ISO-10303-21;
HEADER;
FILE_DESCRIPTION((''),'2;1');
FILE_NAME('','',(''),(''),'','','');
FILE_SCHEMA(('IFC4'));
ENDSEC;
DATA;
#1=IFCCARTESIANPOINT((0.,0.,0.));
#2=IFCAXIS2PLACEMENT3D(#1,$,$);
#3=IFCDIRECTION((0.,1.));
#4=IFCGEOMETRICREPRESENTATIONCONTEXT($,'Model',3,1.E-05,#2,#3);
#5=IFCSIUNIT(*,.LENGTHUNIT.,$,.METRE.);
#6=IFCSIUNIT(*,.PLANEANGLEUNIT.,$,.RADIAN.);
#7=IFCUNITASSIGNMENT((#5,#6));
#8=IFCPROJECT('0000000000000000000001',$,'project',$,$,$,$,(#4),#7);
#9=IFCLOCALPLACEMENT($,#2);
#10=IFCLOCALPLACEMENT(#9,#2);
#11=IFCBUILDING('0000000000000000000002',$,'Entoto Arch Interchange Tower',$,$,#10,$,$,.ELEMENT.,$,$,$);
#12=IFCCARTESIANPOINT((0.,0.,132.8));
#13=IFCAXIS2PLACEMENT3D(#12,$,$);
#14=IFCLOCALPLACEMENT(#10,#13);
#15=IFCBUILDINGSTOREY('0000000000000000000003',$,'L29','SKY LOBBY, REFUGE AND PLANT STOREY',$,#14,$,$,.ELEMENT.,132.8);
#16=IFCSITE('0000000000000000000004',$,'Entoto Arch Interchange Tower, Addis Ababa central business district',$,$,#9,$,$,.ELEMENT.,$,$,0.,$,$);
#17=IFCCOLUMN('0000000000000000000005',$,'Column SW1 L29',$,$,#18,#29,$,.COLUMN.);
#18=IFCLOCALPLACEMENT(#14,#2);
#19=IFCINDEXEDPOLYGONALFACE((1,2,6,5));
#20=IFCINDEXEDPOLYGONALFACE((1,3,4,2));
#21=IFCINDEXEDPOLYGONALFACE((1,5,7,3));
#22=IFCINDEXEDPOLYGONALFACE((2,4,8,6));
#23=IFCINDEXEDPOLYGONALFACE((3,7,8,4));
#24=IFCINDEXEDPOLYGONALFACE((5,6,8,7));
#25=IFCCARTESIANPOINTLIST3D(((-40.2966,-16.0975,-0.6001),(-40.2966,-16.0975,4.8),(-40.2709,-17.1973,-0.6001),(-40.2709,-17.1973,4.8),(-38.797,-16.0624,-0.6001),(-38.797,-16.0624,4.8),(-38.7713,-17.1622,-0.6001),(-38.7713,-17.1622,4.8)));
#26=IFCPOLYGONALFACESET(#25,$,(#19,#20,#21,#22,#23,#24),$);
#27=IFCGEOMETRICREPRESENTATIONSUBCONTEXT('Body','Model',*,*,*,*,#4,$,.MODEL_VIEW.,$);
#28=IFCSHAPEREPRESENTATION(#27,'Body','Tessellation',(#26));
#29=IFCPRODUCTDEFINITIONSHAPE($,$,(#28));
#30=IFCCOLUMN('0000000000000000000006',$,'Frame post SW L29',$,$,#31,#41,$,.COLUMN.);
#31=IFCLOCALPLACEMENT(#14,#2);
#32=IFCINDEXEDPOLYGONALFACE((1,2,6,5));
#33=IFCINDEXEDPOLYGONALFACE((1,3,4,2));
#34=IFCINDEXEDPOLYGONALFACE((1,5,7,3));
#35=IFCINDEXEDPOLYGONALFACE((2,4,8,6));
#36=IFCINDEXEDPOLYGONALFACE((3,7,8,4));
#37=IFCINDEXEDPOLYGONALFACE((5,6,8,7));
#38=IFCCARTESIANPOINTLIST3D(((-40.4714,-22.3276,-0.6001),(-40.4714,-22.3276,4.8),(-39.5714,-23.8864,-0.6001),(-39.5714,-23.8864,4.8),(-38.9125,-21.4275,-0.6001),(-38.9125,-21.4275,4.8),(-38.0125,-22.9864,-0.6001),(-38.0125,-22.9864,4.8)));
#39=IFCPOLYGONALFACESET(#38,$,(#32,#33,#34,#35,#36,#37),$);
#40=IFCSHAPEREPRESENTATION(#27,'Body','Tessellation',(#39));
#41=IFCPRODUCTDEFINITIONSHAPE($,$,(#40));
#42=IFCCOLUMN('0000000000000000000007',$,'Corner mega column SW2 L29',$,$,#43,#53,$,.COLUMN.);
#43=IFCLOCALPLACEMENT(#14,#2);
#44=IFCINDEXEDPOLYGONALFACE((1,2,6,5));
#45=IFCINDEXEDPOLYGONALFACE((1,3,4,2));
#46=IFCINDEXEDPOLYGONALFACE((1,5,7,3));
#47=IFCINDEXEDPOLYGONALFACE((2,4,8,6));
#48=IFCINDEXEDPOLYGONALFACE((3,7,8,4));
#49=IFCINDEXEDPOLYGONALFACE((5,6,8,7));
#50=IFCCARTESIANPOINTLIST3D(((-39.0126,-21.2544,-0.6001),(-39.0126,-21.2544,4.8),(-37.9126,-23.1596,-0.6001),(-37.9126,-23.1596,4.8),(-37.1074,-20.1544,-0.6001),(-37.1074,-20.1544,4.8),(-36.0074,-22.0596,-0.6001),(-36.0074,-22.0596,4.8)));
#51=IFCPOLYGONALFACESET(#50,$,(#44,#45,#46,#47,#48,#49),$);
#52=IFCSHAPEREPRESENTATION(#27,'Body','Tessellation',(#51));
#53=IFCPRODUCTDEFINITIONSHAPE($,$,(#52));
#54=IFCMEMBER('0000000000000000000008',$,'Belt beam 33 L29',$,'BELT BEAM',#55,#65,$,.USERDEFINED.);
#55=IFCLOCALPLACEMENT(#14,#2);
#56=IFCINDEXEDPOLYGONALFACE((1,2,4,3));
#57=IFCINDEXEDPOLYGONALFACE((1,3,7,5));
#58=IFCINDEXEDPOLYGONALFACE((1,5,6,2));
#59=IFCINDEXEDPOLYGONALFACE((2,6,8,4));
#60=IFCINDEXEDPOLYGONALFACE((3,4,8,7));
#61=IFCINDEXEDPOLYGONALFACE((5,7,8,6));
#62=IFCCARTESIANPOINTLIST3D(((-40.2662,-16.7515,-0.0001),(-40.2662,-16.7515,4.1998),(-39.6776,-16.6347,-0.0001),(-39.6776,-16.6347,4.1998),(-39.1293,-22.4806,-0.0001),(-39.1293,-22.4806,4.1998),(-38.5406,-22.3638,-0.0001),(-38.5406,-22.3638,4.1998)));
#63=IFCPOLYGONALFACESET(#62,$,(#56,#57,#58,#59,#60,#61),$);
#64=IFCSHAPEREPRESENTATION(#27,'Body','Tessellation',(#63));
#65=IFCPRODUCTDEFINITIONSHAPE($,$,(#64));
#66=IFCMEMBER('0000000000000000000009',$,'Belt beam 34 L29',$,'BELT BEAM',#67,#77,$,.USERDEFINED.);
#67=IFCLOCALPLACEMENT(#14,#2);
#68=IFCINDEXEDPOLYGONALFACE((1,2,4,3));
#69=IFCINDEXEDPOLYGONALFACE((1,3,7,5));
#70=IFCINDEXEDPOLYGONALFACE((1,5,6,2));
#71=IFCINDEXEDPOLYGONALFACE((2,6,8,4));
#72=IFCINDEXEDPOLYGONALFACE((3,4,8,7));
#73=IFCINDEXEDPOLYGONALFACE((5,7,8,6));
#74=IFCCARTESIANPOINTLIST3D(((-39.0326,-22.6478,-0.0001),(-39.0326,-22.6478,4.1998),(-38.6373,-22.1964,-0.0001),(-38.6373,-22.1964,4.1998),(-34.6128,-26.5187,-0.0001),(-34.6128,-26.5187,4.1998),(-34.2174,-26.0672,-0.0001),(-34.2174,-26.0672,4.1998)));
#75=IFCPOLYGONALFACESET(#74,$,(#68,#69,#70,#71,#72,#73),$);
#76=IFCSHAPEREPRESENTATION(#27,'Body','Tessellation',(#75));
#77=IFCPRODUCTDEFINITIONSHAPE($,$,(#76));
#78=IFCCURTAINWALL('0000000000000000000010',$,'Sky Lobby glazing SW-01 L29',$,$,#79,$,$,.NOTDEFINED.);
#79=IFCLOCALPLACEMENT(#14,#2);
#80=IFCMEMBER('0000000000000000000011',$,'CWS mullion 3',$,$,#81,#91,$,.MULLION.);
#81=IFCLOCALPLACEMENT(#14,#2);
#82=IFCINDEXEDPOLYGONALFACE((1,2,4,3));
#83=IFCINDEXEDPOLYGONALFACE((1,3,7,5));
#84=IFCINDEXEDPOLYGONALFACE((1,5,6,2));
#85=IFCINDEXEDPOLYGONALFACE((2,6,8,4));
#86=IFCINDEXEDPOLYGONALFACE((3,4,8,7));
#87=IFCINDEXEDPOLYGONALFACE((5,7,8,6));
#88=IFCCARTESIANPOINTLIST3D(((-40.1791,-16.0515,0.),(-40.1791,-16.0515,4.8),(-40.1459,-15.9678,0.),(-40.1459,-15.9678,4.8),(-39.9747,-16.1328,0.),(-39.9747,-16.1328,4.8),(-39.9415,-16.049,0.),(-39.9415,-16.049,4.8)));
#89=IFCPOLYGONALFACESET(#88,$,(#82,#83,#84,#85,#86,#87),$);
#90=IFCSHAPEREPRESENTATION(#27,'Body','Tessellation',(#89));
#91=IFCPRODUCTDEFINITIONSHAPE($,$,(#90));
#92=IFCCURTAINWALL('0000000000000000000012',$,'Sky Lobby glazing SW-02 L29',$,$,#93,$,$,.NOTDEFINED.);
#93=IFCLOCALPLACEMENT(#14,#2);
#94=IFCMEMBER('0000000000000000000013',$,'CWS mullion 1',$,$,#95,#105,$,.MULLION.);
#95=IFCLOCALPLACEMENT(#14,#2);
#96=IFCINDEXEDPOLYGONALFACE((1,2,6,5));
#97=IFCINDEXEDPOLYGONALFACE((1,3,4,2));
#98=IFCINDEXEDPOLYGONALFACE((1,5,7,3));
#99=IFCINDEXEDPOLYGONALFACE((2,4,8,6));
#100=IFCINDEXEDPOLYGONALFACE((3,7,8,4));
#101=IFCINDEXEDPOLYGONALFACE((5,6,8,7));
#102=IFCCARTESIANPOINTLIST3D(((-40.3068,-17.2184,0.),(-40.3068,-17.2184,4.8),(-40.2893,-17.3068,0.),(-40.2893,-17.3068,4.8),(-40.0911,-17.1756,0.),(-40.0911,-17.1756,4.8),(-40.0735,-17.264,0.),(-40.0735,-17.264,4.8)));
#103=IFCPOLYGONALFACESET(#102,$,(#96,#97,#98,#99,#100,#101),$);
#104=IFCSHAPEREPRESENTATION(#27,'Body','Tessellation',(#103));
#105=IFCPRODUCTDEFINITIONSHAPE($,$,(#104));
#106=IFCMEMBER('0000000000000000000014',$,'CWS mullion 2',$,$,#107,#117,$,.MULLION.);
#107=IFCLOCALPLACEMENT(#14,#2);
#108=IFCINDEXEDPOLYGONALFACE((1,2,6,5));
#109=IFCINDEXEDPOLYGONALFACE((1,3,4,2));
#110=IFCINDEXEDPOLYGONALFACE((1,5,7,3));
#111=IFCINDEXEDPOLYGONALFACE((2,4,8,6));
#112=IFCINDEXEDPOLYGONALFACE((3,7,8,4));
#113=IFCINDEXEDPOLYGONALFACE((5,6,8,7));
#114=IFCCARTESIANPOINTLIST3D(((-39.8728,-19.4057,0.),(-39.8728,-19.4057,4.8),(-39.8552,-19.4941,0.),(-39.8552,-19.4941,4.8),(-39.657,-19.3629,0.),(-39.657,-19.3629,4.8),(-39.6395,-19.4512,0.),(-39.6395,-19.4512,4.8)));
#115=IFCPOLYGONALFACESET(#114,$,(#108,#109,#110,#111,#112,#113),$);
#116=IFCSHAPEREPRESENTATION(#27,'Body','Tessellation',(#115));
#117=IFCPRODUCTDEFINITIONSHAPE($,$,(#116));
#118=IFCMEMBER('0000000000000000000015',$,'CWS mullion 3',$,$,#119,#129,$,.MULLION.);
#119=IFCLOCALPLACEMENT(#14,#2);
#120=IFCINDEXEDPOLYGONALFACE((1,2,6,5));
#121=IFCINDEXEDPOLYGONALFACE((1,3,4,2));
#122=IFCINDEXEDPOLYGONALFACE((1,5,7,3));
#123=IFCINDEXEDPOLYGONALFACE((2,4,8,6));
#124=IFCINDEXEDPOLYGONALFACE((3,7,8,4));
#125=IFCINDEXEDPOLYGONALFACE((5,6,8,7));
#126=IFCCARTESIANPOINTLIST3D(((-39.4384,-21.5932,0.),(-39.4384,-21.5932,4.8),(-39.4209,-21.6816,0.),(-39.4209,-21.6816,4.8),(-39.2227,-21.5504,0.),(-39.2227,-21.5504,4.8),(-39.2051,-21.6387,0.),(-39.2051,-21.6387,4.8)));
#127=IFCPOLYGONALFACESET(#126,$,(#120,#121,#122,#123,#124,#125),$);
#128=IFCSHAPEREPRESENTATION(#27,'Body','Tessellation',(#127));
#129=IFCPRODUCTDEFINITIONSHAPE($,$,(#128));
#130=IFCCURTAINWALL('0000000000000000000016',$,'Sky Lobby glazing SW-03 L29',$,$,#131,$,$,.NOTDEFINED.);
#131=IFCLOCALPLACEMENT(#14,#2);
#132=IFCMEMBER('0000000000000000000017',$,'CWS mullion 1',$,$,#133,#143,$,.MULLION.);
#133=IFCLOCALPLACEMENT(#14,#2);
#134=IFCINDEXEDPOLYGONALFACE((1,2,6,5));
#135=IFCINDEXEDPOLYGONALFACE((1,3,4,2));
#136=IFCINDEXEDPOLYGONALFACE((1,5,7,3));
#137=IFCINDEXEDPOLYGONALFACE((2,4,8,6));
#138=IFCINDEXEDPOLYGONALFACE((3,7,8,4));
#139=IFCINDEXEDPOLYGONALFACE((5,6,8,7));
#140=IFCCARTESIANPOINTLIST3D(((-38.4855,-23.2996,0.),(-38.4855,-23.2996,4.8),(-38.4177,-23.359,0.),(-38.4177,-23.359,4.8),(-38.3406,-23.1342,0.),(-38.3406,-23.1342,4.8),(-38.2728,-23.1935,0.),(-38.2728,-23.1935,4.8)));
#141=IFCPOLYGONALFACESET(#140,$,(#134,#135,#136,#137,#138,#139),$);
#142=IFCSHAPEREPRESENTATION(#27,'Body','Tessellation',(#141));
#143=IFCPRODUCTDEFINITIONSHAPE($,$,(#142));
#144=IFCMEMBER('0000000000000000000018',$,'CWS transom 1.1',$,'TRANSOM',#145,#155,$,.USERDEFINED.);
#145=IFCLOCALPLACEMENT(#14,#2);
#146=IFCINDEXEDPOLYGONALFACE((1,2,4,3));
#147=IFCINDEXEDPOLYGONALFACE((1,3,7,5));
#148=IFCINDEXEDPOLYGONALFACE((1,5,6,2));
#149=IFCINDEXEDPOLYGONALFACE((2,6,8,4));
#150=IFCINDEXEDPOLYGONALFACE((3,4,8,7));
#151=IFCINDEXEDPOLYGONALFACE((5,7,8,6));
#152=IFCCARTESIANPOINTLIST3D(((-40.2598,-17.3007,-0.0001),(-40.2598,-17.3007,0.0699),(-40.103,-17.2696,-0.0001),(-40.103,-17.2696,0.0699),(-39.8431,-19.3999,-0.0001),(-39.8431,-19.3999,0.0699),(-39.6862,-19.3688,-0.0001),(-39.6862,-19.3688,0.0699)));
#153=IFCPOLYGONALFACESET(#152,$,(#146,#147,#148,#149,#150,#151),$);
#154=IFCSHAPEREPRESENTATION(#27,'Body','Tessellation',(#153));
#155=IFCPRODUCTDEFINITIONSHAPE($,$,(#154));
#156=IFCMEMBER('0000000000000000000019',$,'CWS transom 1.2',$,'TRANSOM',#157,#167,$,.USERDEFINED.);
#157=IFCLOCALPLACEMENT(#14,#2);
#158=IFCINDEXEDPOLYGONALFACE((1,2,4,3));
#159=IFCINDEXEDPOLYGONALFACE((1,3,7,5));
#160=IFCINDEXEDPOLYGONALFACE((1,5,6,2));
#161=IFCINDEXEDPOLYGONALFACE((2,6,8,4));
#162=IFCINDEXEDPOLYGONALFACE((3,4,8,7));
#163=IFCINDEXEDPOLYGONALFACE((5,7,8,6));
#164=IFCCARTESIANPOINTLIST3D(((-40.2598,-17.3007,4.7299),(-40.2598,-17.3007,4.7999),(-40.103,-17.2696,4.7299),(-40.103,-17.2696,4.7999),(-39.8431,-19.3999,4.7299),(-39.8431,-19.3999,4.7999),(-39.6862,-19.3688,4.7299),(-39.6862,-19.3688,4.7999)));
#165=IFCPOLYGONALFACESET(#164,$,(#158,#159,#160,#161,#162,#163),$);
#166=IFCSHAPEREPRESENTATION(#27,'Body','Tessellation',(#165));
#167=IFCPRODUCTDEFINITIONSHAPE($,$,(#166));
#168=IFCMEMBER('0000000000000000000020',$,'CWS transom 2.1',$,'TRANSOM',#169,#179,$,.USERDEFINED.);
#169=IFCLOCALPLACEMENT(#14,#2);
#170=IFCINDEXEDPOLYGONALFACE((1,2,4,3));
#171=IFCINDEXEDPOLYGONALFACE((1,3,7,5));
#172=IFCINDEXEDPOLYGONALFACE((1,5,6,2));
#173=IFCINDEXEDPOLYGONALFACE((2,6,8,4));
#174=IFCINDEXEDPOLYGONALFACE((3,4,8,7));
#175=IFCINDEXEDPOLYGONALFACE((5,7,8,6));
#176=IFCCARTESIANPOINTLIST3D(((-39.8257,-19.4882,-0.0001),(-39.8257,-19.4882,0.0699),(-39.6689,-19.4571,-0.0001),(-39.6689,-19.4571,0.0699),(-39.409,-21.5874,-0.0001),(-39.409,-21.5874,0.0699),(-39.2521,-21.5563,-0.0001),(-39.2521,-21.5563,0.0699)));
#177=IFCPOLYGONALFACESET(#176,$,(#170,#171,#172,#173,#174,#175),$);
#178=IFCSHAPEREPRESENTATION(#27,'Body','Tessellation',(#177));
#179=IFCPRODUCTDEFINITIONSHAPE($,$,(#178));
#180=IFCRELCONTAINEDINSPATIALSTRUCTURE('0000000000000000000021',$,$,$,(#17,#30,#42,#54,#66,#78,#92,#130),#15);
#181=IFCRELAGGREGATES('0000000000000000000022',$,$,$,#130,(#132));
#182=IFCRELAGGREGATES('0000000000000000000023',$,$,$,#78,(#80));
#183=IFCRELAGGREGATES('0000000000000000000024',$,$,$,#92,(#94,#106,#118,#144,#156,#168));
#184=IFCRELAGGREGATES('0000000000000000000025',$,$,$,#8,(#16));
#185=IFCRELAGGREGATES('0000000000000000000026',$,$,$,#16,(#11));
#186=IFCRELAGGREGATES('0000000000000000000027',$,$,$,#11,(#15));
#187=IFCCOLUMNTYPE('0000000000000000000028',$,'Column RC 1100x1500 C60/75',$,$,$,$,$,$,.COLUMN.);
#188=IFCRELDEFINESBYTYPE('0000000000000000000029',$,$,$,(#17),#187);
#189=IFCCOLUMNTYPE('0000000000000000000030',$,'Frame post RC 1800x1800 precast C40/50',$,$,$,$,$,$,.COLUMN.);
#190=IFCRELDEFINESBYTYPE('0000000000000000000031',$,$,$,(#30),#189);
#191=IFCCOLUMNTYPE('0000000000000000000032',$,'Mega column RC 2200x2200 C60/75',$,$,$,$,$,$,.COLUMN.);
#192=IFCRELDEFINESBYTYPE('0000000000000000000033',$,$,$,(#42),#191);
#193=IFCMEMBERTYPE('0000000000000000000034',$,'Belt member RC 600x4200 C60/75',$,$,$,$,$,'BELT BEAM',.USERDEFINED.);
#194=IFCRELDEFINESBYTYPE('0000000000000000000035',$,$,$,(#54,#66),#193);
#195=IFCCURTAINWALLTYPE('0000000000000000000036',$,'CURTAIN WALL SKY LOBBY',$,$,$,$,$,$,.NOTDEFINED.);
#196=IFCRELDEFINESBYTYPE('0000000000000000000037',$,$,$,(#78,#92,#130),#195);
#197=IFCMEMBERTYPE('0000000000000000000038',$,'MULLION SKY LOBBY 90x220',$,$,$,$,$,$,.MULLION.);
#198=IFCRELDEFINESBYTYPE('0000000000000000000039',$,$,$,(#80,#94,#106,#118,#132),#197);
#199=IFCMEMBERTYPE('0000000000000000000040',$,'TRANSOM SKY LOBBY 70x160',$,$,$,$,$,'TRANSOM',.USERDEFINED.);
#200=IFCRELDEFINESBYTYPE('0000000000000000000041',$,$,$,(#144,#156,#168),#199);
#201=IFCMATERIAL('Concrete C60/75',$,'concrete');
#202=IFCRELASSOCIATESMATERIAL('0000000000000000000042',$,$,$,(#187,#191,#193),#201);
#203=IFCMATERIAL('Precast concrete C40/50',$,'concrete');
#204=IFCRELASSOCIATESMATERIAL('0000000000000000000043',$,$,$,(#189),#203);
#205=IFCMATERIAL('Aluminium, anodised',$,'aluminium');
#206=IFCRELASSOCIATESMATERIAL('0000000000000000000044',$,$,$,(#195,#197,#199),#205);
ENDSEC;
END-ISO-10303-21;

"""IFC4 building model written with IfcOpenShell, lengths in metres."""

from ifc_helpers import new_model, si_unit, direction, frame, origin, origin_2d, place, context, subcontext, project, spatial, rectangle, extrude, material, material_profile, profile_set, type_object, element, aggregate, save


model = new_model("IFC4")

# Units and contexts
model_context = context("Model", 3, precision=1e-05, world=origin(), true_north=direction((0.0, 1.0)))
body_context = subcontext(model_context, "Body", "Model", "MODEL_VIEW")
ifc_project = project(units=[si_unit("LENGTHUNIT", "METRE"), si_unit("PLANEANGLEUNIT", "RADIAN")], contexts=[model_context])

# Site, building, storey
site_placement = place(None, origin())
site = spatial("IfcSite", under=ifc_project, at=site_placement, Name="Entoto Arch Interchange Tower, Addis Ababa central business district", CompositionType="ELEMENT", RefElevation=0.0)
building_placement = place(site_placement, origin())
building = spatial("IfcBuilding", under=site, at=building_placement, Name="Entoto Arch Interchange Tower", CompositionType="ELEMENT")
storey_placement = place(building_placement, frame((0.0, 0.0, 132.8)))
storey = spatial("IfcBuildingStorey", under=building, at=storey_placement, Name="L29", Description="SKY LOBBY, REFUGE AND PLANT STOREY", CompositionType="ELEMENT", Elevation=132.8)

# Columns
ifc_material_1 = material(Name="Concrete C60/75", Category="concrete")
ifc_material_profile_1 = material_profile(ifc_material_1, rectangle(XDim=1.1001, YDim=1.5, at=origin_2d()))
ifc_profile_set_1 = profile_set([ifc_material_profile_1], Name="Concrete C60/75")
column_type_1 = type_object("IfcColumnType", Name="Column RC 1100x1500 C60/75", PredefinedType="COLUMN", material=ifc_profile_set_1)
column_1_placement = place(storey_placement, frame((-39.5339, -16.6299, -0.6001), z_axis=(0.0, 0.0, 1.0), x_axis=(-0.023385, 0.999727, 0.0)))
element("IfcColumn", 1, at=column_1_placement, inside=storey, type_object=column_type_1, Name="Column SW1 L29", PredefinedType="COLUMN", context=body_context, shape_type="SweptSolid", body=[
    extrude(rectangle(XDim=1.1001, YDim=1.5, at=origin_2d()), origin(), (0.0, 0.0, 1.0), 5.4001),
])
ifc_material_2 = material(Name="Precast concrete C40/50", Category="concrete")
ifc_material_profile_2 = material_profile(ifc_material_2, rectangle(XDim=1.8, YDim=1.8, at=origin_2d()))
ifc_profile_set_2 = profile_set([ifc_material_profile_2], Name="Precast concrete C40/50")
column_type_2 = type_object("IfcColumnType", Name="Frame post RC 1800x1800 precast C40/50", PredefinedType="COLUMN", material=ifc_profile_set_2)
column_2_placement = place(storey_placement, frame((-39.2419, -22.657, -0.6001), z_axis=(0.0, 0.0, 1.0), x_axis=(0.866025, 0.5, 0.0)))
element("IfcColumn", 2, at=column_2_placement, inside=storey, type_object=column_type_2, Name="Frame post SW L29", PredefinedType="COLUMN", context=body_context, shape_type="SweptSolid", body=[
    extrude(rectangle(XDim=1.8, YDim=1.8, at=origin_2d()), origin(), (0.0, 0.0, 1.0), 5.4001),
])
ifc_material_profile_3 = material_profile(ifc_material_1, rectangle(XDim=2.2, YDim=2.2, at=origin_2d()))
ifc_profile_set_3 = profile_set([ifc_material_profile_3], Name="Concrete C60/75")
column_type_3 = type_object("IfcColumnType", Name="Mega column RC 2200x2200 C60/75", PredefinedType="COLUMN", material=ifc_profile_set_3)
column_3_placement = place(storey_placement, frame((-37.51, -21.657, -0.6001), z_axis=(0.0, 0.0, 1.0), x_axis=(0.866025, 0.5, 0.0)))
element("IfcColumn", 3, at=column_3_placement, inside=storey, type_object=column_type_3, Name="Corner mega column SW2 L29", PredefinedType="COLUMN", context=body_context, shape_type="SweptSolid", body=[
    extrude(rectangle(XDim=2.2, YDim=2.2, at=origin_2d()), origin(), (0.0, 0.0, 1.0), 5.4001),
])

# Members
ifc_material_profile_4 = material_profile(ifc_material_1, rectangle(XDim=0.6001, YDim=4.2, at=origin_2d()))
ifc_profile_set_4 = profile_set([ifc_material_profile_4], Name="Concrete C60/75")
member_type_1 = type_object("IfcMemberType", Name="Belt member RC 600x4200 C60/75", ElementType="BELT BEAM", PredefinedType="USERDEFINED", material=ifc_profile_set_4)
member_1_placement = place(storey_placement, frame((-39.9719, -16.6931, 2.0999), z_axis=(0.194661, -0.980871, 0.0), x_axis=(0.980871, 0.194661, 0.0)))
element("IfcMember", 4, at=member_1_placement, inside=storey, type_object=member_type_1, Name="Belt beam 33 L29", ObjectType="BELT BEAM", PredefinedType="USERDEFINED", context=body_context, shape_type="SweptSolid", body=[
    extrude(rectangle(XDim=0.6001, YDim=4.2, at=origin_2d()), origin(), (0.0, 0.0, 1.0), 5.8408),
])
member_2_placement = place(storey_placement, frame((-38.835, -22.4221, 2.0999), z_axis=(0.752288, -0.658834, 0.0), x_axis=(0.658834, 0.752288, 0.0)))
element("IfcMember", 5, at=member_2_placement, inside=storey, type_object=member_type_1, Name="Belt beam 34 L29", ObjectType="BELT BEAM", PredefinedType="USERDEFINED", context=body_context, shape_type="SweptSolid", body=[
    extrude(rectangle(XDim=0.6001, YDim=4.2, at=origin_2d()), origin(), (0.0, 0.0, 1.0), 5.8752),
])

# Curtain wall, member
ifc_material_3 = material(Name="Aluminium, anodised", Category="aluminium")
curtain_wall_type = type_object("IfcCurtainWallType", Name="CURTAIN WALL SKY LOBBY", PredefinedType="NOTDEFINED", material=ifc_material_3)
curtain_wall_1_placement = place(storey_placement, origin())
curtain_wall_1 = element("IfcCurtainWall", 6, at=curtain_wall_1_placement, inside=storey, type_object=curtain_wall_type, Name="Sky Lobby glazing SW-01 L29", PredefinedType="NOTDEFINED")
ifc_material_profile_5 = material_profile(ifc_material_3, rectangle(XDim=0.22, YDim=0.0901, at=origin_2d()))
ifc_profile_set_5 = profile_set([ifc_material_profile_5], Name="Aluminium, anodised")
member_type_2 = type_object("IfcMemberType", Name="MULLION SKY LOBBY 90x220", PredefinedType="MULLION", material=ifc_profile_set_5)
member_3_placement = place(storey_placement, frame((-40.0603, -16.0503, 0.0), z_axis=(0.0, 0.0, 1.0), x_axis=(0.929337, -0.369232, 0.0)))
member_3 = element("IfcMember", 7, at=member_3_placement, type_object=member_type_2, Name="CWS mullion 3", PredefinedType="MULLION", context=body_context, shape_type="SweptSolid", body=[
    extrude(rectangle(XDim=0.22, YDim=0.0901, at=origin_2d()), origin(), (0.0, 0.0, 1.0), 4.8),
])

# Curtain wall, members
curtain_wall_2_placement = place(storey_placement, origin())
curtain_wall_2 = element("IfcCurtainWall", 8, at=curtain_wall_2_placement, inside=storey, type_object=curtain_wall_type, Name="Sky Lobby glazing SW-02 L29", PredefinedType="NOTDEFINED")
member_4_placement = place(storey_placement, frame((-40.1902, -17.2412, 0.0), z_axis=(0.0, 0.0, 1.0), x_axis=(0.980859, 0.194721, 0.0)))
member_4 = element("IfcMember", 9, at=member_4_placement, type_object=member_type_2, Name="CWS mullion 1", PredefinedType="MULLION", context=body_context, shape_type="SweptSolid", body=[
    extrude(rectangle(XDim=0.22, YDim=0.0901, at=origin_2d()), origin(), (0.0, 0.0, 1.0), 4.8),
])
member_5_placement = place(storey_placement, frame((-39.7561, -19.4285, 0.0), z_axis=(0.0, 0.0, 1.0), x_axis=(0.980859, 0.194721, 0.0)))
member_5 = element("IfcMember", 10, at=member_5_placement, type_object=member_type_2, Name="CWS mullion 2", PredefinedType="MULLION", context=body_context, shape_type="SweptSolid", body=[
    extrude(rectangle(XDim=0.22, YDim=0.0901, at=origin_2d()), origin(), (0.0, 0.0, 1.0), 4.8),
])
member_6_placement = place(storey_placement, frame((-39.3218, -21.616, 0.0), z_axis=(0.0, 0.0, 1.0), x_axis=(0.980859, 0.194721, 0.0)))
member_6 = element("IfcMember", 11, at=member_6_placement, type_object=member_type_2, Name="CWS mullion 3", PredefinedType="MULLION", context=body_context, shape_type="SweptSolid", body=[
    extrude(rectangle(XDim=0.22, YDim=0.0901, at=origin_2d()), origin(), (0.0, 0.0, 1.0), 4.8),
])

# Curtain wall, member
curtain_wall_3_placement = place(storey_placement, origin())
curtain_wall_3 = element("IfcCurtainWall", 12, at=curtain_wall_3_placement, inside=storey, type_object=curtain_wall_type, Name="Sky Lobby glazing SW-03 L29", PredefinedType="NOTDEFINED")
member_7_placement = place(storey_placement, frame((-38.3792, -23.2466, 0.0), z_axis=(0.0, 0.0, 1.0), x_axis=(0.658847, 0.752277, 0.0)))
member_7 = element("IfcMember", 13, at=member_7_placement, type_object=member_type_2, Name="CWS mullion 1", PredefinedType="MULLION", context=body_context, shape_type="SweptSolid", body=[
    extrude(rectangle(XDim=0.22, YDim=0.0901, at=origin_2d()), origin(), (0.0, 0.0, 1.0), 4.8),
])

# Members
ifc_material_profile_6 = material_profile(ifc_material_3, rectangle(XDim=0.1599, YDim=0.0701, at=origin_2d()))
ifc_profile_set_6 = profile_set([ifc_material_profile_6], Name="Aluminium, anodised")
member_type_3 = type_object("IfcMemberType", Name="TRANSOM SKY LOBBY 70x160", ElementType="TRANSOM", PredefinedType="USERDEFINED", material=ifc_profile_set_6)
member_8_placement = place(storey_placement, frame((-40.1814, -17.2852, 0.0349), z_axis=(0.194734, -0.980856, 0.0), x_axis=(0.980856, 0.194734, 0.0)))
member_8 = element("IfcMember", 14, at=member_8_placement, type_object=member_type_3, Name="CWS transom 1.1", ObjectType="TRANSOM", PredefinedType="USERDEFINED", context=body_context, shape_type="SweptSolid", body=[
    extrude(rectangle(XDim=0.1599, YDim=0.0701, at=origin_2d()), origin(), (0.0, 0.0, 1.0), 2.1401),
])
member_9_placement = place(storey_placement, frame((-40.1814, -17.2852, 4.7649), z_axis=(0.194734, -0.980856, 0.0), x_axis=(0.980856, 0.194734, 0.0)))
member_9 = element("IfcMember", 15, at=member_9_placement, type_object=member_type_3, Name="CWS transom 1.2", ObjectType="TRANSOM", PredefinedType="USERDEFINED", context=body_context, shape_type="SweptSolid", body=[
    extrude(rectangle(XDim=0.1599, YDim=0.0701, at=origin_2d()), origin(), (0.0, 0.0, 1.0), 2.1401),
])
member_10_placement = place(storey_placement, frame((-39.7473, -19.4727, 0.0349), z_axis=(0.194734, -0.980856, 0.0), x_axis=(0.980856, 0.194734, 0.0)))
member_10 = element("IfcMember", 16, at=member_10_placement, type_object=member_type_3, Name="CWS transom 2.1", ObjectType="TRANSOM", PredefinedType="USERDEFINED", context=body_context, shape_type="SweptSolid", body=[
    extrude(rectangle(XDim=0.1599, YDim=0.0701, at=origin_2d()), origin(), (0.0, 0.0, 1.0), 2.1401),
])
aggregate(curtain_wall_3, [member_7])

aggregate(curtain_wall_1, [member_3])
aggregate(curtain_wall_2, [member_4, member_5, member_6, member_8, member_9, member_10])

save(model, "model.ifc")
